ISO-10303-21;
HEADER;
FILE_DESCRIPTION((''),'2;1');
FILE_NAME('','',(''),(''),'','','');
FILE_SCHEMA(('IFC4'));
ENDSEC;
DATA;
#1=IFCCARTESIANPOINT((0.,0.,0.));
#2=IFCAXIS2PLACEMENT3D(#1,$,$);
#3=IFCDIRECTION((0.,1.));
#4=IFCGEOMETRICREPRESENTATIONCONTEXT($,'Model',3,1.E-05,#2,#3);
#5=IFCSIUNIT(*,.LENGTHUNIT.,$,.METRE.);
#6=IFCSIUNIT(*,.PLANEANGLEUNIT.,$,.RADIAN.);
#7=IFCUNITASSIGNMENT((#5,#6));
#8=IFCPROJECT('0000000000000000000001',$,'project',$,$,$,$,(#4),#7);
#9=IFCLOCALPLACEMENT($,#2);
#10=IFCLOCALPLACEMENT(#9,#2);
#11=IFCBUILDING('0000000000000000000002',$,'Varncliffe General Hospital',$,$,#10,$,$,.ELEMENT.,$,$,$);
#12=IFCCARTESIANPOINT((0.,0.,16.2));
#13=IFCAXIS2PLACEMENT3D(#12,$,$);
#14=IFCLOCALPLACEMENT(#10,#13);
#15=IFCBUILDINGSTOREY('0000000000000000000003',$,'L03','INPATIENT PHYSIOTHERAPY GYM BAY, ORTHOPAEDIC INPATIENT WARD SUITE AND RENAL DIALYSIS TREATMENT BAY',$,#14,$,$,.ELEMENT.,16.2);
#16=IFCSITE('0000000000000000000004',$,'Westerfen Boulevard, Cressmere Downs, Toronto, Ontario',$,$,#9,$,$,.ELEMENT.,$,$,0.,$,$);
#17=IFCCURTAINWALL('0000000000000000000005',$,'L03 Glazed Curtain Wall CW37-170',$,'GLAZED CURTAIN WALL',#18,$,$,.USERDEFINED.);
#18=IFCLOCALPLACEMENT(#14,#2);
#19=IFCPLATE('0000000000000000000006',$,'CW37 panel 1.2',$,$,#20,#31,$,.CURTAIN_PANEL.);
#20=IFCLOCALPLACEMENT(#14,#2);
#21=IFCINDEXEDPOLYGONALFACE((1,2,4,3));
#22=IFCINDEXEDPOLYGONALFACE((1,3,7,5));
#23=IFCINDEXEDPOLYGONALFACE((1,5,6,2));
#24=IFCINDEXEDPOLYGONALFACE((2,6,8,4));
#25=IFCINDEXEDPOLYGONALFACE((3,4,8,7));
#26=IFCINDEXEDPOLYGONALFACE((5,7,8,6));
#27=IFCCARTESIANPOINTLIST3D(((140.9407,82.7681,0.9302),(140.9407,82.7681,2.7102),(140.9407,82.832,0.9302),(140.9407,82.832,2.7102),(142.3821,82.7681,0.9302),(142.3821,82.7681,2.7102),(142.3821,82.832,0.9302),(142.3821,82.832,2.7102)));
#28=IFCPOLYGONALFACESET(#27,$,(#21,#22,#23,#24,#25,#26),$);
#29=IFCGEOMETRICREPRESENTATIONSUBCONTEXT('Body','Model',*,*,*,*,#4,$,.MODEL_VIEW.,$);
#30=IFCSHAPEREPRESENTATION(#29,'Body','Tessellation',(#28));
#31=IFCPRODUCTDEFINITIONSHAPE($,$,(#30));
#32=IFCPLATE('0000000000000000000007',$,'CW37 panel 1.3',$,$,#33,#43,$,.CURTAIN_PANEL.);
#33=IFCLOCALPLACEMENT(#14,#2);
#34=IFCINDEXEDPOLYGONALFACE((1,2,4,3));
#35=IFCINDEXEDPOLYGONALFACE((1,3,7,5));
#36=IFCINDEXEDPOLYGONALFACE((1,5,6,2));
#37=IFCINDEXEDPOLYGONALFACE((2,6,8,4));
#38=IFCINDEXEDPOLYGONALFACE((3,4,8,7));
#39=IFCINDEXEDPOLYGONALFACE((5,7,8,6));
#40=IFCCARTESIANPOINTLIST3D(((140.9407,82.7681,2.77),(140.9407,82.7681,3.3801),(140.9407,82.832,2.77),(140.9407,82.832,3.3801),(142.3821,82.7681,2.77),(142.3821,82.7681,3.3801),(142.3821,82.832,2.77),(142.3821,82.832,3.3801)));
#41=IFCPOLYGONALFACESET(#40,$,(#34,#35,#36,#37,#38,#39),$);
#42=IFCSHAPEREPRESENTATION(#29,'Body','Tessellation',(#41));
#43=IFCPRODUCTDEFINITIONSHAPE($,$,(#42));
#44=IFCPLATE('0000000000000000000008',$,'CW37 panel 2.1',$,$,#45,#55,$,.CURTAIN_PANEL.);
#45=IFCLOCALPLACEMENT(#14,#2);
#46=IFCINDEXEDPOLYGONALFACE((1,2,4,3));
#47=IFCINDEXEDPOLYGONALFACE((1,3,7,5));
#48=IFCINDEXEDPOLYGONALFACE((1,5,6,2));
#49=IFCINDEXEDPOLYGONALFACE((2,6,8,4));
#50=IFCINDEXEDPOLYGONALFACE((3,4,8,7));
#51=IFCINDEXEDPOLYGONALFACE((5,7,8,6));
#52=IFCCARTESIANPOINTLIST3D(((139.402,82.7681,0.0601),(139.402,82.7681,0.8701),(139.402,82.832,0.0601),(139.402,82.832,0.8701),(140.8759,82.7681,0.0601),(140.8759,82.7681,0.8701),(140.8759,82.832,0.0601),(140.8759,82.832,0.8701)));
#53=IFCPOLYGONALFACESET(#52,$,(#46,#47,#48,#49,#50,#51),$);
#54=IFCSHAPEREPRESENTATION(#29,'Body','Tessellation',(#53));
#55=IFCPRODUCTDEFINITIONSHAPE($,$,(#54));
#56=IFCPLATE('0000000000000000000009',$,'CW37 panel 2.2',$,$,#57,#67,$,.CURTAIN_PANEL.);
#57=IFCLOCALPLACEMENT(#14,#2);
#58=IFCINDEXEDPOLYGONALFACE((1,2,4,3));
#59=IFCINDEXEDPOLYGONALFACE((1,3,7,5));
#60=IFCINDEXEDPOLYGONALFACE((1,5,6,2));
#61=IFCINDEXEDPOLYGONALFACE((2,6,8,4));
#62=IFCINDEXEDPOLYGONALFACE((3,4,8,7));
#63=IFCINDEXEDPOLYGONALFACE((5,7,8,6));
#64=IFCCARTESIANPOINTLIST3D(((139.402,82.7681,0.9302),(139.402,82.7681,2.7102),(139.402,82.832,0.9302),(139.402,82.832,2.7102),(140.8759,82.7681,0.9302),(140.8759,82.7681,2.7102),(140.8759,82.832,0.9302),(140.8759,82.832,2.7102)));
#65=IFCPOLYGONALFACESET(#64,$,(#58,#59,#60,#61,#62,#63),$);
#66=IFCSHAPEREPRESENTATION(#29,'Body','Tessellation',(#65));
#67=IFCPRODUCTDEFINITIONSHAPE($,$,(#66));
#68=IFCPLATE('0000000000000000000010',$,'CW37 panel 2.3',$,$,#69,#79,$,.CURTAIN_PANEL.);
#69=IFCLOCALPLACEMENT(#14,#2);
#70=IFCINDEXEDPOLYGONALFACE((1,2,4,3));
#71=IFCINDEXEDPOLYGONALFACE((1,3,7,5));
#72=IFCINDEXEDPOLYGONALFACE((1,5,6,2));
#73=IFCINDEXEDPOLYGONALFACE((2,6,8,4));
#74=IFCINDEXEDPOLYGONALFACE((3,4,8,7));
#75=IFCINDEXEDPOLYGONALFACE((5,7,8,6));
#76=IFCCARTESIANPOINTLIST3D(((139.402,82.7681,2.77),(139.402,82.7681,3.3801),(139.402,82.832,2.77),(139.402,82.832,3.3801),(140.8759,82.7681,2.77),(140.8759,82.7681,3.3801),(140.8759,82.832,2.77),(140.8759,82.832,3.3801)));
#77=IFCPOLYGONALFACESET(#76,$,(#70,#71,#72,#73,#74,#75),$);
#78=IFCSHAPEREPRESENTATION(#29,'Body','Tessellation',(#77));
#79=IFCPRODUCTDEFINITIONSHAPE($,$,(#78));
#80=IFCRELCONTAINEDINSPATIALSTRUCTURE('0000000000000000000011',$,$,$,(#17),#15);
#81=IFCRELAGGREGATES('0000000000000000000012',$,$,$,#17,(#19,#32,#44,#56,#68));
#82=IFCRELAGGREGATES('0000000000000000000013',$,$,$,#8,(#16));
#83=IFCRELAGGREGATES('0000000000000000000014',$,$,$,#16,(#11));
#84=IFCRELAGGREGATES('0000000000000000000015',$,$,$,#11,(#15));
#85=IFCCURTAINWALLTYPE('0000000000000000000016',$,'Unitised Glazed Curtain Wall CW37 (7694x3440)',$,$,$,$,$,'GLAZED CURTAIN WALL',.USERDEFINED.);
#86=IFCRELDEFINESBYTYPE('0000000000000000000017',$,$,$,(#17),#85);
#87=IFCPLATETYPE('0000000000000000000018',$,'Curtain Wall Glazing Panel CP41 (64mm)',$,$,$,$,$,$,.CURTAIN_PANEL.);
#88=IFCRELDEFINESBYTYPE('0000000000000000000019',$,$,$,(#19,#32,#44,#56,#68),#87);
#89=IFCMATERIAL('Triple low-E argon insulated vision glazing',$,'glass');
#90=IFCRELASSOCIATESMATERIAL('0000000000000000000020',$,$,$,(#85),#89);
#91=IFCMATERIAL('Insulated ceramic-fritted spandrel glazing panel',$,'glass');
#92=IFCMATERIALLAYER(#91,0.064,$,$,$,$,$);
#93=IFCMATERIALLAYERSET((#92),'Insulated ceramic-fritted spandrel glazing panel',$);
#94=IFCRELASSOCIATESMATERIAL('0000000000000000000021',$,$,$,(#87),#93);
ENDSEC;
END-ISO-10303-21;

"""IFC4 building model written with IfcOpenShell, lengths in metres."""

from ifc_helpers import new_model, si_unit, direction, frame, origin, origin_2d, place, context, subcontext, project, spatial, rectangle, extrude, material, layer, layer_set, type_object, element, aggregate, save


model = new_model("IFC4")

# Units and contexts
model_context = context("Model", 3, precision=1e-05, world=origin(), true_north=direction((0.0, 1.0)))
body_context = subcontext(model_context, "Body", "Model", "MODEL_VIEW")
ifc_project = project(units=[si_unit("LENGTHUNIT", "METRE"), si_unit("PLANEANGLEUNIT", "RADIAN")], contexts=[model_context])

# Site, building, storey
site_placement = place(None, origin())
site = spatial("IfcSite", under=ifc_project, at=site_placement, Name="Westerfen Boulevard, Cressmere Downs, Toronto, Ontario", CompositionType="ELEMENT", RefElevation=0.0)
building_placement = place(site_placement, origin())
building = spatial("IfcBuilding", under=site, at=building_placement, Name="Varncliffe General Hospital", CompositionType="ELEMENT")
storey_placement = place(building_placement, frame((0.0, 0.0, 16.2)))
storey = spatial("IfcBuildingStorey", under=building, at=storey_placement, Name="L03", Description="INPATIENT PHYSIOTHERAPY GYM BAY, ORTHOPAEDIC INPATIENT WARD SUITE AND RENAL DIALYSIS TREATMENT BAY", CompositionType="ELEMENT", Elevation=16.2)

# Curtain wall, plates
ifc_material_1 = material(Name="Triple low-E argon insulated vision glazing", Category="glass")
curtain_wall_type = type_object("IfcCurtainWallType", Name="Unitised Glazed Curtain Wall CW37 (7694x3440)", ElementType="GLAZED CURTAIN WALL", PredefinedType="USERDEFINED", material=ifc_material_1)
curtain_wall_placement = place(storey_placement, origin())
curtain_wall = element("IfcCurtainWall", 1, at=curtain_wall_placement, inside=storey, type_object=curtain_wall_type, Name="L03 Glazed Curtain Wall CW37-170", ObjectType="GLAZED CURTAIN WALL", PredefinedType="USERDEFINED")
ifc_material_2 = material(Name="Insulated ceramic-fritted spandrel glazing panel", Category="glass")
ifc_layer = layer(ifc_material_2, 0.064)
ifc_layer_set = layer_set([ifc_layer], Name="Insulated ceramic-fritted spandrel glazing panel")
plate_type = type_object("IfcPlateType", Name="Curtain Wall Glazing Panel CP41 (64mm)", PredefinedType="CURTAIN_PANEL", material=ifc_layer_set)
plate_1_placement = place(storey_placement, frame((141.6614, 82.8, 0.9302), z_axis=(0.0, 0.0, 1.0), x_axis=(-1.0, 0.0, 0.0)))
plate_1 = element("IfcPlate", 2, at=plate_1_placement, type_object=plate_type, Name="CW37 panel 1.2", PredefinedType="CURTAIN_PANEL", context=body_context, shape_type="SweptSolid", body=[
    extrude(rectangle(XDim=1.4414, YDim=0.064, at=origin_2d()), origin(), (0.0, 0.0, 1.0), 1.78),
])
plate_2_placement = place(storey_placement, frame((141.6614, 82.8, 2.77), z_axis=(0.0, 0.0, 1.0), x_axis=(-1.0, 0.0, 0.0)))
plate_2 = element("IfcPlate", 3, at=plate_2_placement, type_object=plate_type, Name="CW37 panel 1.3", PredefinedType="CURTAIN_PANEL", context=body_context, shape_type="SweptSolid", body=[
    extrude(rectangle(XDim=1.4414, YDim=0.064, at=origin_2d()), origin(), (0.0, 0.0, 1.0), 0.6101),
])
plate_3_placement = place(storey_placement, frame((140.1389, 82.8, 0.0601), z_axis=(0.0, 0.0, 1.0), x_axis=(-1.0, 0.0, 0.0)))
plate_3 = element("IfcPlate", 4, at=plate_3_placement, type_object=plate_type, Name="CW37 panel 2.1", PredefinedType="CURTAIN_PANEL", context=body_context, shape_type="SweptSolid", body=[
    extrude(rectangle(XDim=1.4739, YDim=0.064, at=origin_2d()), origin(), (0.0, 0.0, 1.0), 0.8101),
])
plate_4_placement = place(storey_placement, frame((140.1389, 82.8, 0.9302), z_axis=(0.0, 0.0, 1.0), x_axis=(-1.0, 0.0, 0.0)))
plate_4 = element("IfcPlate", 5, at=plate_4_placement, type_object=plate_type, Name="CW37 panel 2.2", PredefinedType="CURTAIN_PANEL", context=body_context, shape_type="SweptSolid", body=[
    extrude(rectangle(XDim=1.4739, YDim=0.064, at=origin_2d()), origin(), (0.0, 0.0, 1.0), 1.78),
])
plate_5_placement = place(storey_placement, frame((140.1389, 82.8, 2.77), z_axis=(0.0, 0.0, 1.0), x_axis=(-1.0, 0.0, 0.0)))
plate_5 = element("IfcPlate", 6, at=plate_5_placement, type_object=plate_type, Name="CW37 panel 2.3", PredefinedType="CURTAIN_PANEL", context=body_context, shape_type="SweptSolid", body=[
    extrude(rectangle(XDim=1.4739, YDim=0.064, at=origin_2d()), origin(), (0.0, 0.0, 1.0), 0.6101),
])
aggregate(curtain_wall, [plate_1, plate_2, plate_3, plate_4, plate_5])

save(model, "model.ifc")
